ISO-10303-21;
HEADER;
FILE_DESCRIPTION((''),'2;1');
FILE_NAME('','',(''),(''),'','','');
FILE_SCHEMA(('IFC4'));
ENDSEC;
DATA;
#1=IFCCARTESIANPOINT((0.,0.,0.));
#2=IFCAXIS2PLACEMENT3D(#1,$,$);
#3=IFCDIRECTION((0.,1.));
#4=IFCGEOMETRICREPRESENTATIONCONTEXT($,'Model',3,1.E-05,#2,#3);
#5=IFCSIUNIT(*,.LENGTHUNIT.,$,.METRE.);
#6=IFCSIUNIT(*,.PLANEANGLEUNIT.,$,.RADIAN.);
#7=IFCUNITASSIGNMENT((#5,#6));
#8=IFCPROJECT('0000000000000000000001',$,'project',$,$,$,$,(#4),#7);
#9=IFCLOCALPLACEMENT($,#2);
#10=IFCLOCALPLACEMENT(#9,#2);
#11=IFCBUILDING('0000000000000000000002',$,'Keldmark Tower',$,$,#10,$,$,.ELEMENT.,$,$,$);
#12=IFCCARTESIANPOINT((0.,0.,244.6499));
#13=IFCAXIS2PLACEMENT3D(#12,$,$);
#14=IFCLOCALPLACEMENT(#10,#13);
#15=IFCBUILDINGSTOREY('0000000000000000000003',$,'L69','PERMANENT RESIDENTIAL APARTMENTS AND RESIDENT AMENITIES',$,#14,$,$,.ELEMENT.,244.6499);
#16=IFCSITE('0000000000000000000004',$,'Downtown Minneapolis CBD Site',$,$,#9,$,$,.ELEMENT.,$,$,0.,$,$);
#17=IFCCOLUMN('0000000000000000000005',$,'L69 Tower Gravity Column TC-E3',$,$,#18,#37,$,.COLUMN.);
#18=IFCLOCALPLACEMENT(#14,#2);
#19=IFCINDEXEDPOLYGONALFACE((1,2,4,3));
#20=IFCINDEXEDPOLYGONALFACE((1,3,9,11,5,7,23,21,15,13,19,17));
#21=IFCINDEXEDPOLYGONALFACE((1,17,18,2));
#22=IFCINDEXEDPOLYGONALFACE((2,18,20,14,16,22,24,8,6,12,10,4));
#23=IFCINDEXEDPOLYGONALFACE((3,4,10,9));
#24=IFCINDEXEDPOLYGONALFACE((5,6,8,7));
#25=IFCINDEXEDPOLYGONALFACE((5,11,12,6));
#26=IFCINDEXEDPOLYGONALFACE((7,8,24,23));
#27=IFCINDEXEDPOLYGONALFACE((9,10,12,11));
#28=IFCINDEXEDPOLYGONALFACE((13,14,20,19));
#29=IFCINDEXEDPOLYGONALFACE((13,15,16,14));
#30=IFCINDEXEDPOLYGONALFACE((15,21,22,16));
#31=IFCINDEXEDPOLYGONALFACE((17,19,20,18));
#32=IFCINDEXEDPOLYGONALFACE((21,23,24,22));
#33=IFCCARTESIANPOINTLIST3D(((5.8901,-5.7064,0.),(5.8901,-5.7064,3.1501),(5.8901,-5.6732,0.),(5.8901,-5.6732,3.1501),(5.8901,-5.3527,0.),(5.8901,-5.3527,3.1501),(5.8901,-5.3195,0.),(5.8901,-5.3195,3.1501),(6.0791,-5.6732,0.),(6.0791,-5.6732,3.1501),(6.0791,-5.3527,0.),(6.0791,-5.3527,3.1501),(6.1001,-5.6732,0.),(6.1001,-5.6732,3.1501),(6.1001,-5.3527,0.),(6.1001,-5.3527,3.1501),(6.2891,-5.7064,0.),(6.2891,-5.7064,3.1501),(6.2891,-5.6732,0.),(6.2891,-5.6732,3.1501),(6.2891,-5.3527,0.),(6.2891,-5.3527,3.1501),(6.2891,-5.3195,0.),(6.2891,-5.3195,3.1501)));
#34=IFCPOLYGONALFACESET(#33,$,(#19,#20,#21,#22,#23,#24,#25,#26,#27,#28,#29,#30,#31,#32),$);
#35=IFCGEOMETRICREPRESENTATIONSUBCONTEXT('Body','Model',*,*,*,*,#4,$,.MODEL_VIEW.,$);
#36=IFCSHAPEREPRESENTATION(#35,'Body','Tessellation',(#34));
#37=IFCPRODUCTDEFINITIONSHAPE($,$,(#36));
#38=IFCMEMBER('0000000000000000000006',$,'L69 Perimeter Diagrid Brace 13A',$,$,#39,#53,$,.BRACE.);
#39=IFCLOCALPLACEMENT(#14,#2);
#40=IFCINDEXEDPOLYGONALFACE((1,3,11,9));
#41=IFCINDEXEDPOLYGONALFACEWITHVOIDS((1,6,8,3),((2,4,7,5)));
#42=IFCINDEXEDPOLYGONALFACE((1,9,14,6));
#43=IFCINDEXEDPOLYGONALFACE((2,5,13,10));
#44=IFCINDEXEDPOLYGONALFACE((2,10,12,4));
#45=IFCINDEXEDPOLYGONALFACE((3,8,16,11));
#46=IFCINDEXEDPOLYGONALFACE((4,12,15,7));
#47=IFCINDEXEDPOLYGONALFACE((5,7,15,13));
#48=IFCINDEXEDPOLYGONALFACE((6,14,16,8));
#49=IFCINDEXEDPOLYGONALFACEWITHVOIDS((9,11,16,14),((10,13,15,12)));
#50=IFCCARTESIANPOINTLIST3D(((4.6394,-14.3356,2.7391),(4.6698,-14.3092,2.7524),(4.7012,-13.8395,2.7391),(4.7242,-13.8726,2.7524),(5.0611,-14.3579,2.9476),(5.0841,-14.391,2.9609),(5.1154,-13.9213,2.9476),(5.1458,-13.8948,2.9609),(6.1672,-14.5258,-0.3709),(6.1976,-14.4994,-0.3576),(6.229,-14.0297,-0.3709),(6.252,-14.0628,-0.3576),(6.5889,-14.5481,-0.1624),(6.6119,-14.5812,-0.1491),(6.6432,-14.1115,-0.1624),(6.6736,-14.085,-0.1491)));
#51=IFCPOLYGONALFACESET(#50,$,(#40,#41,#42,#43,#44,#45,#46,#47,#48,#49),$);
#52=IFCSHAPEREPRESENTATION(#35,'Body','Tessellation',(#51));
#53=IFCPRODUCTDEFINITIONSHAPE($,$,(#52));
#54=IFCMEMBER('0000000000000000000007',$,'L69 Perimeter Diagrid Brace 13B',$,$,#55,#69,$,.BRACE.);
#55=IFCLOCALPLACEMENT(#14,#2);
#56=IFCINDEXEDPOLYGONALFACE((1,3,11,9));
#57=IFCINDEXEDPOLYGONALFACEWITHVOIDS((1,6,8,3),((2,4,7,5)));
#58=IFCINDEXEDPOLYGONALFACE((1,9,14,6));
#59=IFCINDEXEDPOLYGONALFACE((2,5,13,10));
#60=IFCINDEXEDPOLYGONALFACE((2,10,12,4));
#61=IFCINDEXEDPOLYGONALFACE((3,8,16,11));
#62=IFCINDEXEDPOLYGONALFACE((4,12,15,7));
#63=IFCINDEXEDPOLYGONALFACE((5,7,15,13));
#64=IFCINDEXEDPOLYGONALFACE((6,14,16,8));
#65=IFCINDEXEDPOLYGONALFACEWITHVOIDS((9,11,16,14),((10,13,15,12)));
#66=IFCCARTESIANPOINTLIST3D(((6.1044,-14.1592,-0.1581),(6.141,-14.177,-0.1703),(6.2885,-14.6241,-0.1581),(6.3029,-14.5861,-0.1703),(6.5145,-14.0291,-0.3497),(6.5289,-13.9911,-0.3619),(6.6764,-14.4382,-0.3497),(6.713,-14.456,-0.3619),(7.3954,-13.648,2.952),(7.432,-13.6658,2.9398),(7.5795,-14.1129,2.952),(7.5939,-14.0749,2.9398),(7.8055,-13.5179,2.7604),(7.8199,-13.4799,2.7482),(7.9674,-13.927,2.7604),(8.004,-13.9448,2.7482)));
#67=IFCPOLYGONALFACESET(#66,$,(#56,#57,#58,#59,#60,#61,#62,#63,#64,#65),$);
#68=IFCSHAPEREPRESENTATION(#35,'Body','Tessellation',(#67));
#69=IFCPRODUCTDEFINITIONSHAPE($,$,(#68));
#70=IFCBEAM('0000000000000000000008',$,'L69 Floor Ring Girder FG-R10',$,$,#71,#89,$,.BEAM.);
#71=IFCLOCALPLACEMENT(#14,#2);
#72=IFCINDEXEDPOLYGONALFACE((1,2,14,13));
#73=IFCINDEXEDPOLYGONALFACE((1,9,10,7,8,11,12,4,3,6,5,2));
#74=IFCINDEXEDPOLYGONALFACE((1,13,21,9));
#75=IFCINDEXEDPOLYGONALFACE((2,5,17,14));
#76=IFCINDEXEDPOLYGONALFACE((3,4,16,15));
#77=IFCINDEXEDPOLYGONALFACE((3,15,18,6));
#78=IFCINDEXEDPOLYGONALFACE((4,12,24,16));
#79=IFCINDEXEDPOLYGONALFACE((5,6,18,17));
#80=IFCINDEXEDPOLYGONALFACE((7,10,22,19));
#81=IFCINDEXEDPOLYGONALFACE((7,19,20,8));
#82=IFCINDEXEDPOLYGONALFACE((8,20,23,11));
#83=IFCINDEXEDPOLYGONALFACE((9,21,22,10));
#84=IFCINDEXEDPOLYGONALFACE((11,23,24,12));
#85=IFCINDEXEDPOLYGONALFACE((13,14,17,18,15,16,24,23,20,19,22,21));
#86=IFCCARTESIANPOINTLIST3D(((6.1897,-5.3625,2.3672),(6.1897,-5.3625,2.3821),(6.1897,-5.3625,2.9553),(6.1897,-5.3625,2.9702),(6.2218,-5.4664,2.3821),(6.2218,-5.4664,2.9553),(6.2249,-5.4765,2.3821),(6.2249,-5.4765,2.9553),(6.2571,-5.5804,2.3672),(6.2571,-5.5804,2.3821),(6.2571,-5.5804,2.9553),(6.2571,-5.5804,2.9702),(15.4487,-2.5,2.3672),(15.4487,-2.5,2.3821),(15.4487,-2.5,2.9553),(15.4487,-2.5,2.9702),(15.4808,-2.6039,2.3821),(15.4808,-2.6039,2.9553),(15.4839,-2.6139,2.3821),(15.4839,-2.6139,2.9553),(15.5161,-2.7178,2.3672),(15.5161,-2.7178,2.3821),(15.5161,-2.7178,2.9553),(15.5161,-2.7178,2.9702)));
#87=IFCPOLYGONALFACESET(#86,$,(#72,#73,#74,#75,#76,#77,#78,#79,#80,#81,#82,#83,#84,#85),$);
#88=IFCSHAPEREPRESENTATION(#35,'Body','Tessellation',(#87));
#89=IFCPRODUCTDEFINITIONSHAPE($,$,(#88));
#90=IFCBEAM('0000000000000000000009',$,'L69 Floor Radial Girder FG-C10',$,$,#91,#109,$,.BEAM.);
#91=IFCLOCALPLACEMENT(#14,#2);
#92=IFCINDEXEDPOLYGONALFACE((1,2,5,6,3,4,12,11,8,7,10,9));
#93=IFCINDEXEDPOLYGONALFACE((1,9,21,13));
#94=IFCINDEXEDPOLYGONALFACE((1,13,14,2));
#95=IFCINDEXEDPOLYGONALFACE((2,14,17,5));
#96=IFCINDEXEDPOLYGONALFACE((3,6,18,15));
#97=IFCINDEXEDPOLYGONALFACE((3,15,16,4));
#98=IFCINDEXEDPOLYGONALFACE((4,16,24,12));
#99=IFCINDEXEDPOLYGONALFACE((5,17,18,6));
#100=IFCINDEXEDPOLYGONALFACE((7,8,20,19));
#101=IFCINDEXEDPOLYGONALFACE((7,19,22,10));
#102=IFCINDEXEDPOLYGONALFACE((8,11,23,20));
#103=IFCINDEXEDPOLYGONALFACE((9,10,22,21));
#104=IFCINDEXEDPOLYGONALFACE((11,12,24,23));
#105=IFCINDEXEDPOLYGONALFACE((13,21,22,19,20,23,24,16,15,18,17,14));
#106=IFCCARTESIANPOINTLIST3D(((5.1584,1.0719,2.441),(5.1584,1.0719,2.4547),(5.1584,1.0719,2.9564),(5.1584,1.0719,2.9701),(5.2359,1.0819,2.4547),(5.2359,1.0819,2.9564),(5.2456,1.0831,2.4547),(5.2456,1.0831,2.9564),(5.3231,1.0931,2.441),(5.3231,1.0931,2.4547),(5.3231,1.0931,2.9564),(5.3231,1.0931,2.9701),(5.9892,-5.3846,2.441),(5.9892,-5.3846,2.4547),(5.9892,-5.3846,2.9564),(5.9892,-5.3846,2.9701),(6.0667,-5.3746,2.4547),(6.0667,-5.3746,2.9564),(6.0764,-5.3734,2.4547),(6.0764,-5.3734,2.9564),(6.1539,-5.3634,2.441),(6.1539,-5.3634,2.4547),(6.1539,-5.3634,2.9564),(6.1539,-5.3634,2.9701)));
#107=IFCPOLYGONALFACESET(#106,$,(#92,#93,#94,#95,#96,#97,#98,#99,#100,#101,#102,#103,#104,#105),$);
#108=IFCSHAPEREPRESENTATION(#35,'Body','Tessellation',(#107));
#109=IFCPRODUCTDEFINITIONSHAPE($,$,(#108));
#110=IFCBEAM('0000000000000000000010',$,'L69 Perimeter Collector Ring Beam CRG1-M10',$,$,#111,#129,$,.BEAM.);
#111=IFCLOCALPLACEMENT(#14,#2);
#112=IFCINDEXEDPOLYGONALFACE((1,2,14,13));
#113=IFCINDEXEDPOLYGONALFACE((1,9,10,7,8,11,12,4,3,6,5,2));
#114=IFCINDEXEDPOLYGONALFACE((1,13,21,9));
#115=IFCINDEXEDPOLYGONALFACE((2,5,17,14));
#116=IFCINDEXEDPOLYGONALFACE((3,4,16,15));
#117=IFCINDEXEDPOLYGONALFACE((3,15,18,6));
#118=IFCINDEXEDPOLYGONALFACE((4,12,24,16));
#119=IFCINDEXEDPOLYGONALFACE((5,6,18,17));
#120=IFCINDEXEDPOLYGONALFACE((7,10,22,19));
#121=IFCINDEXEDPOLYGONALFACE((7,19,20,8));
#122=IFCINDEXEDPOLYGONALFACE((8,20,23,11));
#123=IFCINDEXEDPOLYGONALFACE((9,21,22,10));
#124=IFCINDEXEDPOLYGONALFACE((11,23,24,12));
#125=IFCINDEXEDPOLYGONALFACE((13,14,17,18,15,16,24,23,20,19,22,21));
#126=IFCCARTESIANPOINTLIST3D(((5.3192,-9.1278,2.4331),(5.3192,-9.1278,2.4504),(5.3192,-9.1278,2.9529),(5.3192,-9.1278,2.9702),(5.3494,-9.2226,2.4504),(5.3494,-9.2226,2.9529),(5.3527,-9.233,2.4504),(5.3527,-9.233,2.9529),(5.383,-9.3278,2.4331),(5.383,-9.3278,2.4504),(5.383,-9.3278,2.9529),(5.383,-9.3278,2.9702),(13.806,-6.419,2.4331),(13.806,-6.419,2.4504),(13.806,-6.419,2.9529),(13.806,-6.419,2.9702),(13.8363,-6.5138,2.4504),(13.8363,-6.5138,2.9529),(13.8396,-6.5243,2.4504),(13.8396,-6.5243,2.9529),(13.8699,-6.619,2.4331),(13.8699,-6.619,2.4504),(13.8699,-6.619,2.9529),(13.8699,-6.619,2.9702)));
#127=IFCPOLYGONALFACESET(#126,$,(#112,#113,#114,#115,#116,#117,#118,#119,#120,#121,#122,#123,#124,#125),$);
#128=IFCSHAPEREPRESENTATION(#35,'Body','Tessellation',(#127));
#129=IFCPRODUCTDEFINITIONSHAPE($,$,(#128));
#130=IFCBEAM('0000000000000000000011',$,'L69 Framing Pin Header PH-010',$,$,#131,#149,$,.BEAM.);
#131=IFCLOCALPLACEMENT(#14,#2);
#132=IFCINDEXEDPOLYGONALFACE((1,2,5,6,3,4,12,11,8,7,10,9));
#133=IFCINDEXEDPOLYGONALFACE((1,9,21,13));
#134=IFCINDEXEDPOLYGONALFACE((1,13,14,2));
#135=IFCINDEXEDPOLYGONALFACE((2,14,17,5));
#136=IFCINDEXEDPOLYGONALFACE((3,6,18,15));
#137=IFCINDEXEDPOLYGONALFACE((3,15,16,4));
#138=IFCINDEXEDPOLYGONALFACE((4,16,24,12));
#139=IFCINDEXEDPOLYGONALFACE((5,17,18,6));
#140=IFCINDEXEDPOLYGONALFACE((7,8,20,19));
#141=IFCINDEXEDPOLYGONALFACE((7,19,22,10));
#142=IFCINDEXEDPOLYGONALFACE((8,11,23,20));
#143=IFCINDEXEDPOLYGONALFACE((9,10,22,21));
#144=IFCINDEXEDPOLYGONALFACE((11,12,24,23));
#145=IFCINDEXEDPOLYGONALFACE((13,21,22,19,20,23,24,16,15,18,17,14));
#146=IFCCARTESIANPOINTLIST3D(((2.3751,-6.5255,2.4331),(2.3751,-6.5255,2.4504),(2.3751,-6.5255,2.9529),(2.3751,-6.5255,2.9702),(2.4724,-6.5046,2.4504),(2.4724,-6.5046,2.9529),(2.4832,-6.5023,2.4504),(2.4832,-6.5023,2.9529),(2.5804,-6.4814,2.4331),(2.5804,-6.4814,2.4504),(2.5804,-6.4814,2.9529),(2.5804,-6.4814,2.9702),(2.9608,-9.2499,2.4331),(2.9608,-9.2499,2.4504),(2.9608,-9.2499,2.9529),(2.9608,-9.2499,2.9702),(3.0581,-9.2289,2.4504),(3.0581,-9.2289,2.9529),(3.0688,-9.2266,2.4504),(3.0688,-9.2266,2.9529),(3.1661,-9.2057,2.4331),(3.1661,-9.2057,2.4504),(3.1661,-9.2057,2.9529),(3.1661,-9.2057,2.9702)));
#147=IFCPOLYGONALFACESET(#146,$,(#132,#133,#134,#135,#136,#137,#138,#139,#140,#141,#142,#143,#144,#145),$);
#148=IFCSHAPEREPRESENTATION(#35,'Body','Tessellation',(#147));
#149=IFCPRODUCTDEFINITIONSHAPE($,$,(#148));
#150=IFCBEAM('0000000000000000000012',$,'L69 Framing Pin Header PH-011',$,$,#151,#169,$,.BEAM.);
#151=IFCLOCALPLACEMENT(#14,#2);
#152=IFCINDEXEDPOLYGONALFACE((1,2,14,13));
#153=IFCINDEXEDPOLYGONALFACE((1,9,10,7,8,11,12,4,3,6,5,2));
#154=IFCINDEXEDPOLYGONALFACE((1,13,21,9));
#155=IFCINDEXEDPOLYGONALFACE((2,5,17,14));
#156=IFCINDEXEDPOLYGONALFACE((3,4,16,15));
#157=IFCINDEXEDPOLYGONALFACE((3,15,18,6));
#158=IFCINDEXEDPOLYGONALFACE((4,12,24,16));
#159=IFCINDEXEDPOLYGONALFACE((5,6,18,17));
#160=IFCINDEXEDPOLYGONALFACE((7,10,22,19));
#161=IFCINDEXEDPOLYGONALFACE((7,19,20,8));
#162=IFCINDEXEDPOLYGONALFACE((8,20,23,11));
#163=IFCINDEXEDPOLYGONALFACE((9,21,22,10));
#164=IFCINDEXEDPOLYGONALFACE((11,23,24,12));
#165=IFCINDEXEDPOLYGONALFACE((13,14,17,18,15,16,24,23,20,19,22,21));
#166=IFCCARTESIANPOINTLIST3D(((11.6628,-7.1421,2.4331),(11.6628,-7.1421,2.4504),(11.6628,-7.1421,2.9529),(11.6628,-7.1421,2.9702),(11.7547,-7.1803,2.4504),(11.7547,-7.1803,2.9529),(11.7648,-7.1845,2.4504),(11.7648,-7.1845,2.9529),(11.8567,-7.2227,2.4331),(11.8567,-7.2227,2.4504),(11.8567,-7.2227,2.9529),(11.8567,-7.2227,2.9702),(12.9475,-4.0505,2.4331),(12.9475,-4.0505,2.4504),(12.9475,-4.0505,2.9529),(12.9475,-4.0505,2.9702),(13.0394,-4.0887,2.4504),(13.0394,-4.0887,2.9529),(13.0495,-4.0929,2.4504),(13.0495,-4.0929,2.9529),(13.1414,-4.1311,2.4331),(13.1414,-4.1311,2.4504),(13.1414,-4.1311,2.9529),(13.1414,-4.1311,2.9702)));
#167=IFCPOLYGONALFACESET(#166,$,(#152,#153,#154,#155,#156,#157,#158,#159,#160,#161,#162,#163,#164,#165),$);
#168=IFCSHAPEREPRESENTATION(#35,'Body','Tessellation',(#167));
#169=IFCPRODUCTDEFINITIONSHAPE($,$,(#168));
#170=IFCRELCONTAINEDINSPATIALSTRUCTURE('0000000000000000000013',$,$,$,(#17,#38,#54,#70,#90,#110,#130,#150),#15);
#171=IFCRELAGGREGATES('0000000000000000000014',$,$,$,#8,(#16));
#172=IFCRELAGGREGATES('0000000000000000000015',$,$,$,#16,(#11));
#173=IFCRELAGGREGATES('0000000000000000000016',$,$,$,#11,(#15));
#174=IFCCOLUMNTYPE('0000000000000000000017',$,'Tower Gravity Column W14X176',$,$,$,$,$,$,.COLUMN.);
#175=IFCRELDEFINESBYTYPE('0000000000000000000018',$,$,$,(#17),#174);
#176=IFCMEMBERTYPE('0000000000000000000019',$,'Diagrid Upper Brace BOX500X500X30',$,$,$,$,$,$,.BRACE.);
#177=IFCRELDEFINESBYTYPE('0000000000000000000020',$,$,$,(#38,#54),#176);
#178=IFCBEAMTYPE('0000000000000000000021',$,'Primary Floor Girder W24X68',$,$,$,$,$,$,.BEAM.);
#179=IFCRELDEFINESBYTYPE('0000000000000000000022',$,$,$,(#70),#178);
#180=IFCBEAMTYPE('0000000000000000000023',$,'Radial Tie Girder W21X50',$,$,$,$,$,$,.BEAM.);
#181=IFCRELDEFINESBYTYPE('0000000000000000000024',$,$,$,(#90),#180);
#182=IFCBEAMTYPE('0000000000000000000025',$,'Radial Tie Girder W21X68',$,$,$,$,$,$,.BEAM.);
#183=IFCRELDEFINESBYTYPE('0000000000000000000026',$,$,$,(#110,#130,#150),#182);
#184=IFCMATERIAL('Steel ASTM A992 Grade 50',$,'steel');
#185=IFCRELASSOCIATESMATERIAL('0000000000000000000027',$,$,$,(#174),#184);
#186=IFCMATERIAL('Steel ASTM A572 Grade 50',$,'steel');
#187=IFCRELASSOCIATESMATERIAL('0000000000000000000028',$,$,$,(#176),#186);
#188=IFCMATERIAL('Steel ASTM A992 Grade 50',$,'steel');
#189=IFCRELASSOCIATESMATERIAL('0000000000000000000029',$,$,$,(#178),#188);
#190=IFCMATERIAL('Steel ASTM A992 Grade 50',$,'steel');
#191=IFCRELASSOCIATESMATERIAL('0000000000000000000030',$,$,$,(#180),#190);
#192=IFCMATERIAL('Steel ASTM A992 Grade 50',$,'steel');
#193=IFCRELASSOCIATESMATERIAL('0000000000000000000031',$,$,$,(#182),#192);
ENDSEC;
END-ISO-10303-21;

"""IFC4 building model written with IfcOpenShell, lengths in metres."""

from ifc_helpers import new_model, si_unit, direction, frame, origin, origin_2d, place, context, subcontext, project, spatial, hollow_rectangle, i_section, extrude, material, material_profile, profile_set, type_object, element, save


model = new_model("IFC4")

# Units and contexts
model_context = context("Model", 3, precision=1e-05, world=origin(), true_north=direction((0.0, 1.0)))
body_context = subcontext(model_context, "Body", "Model", "MODEL_VIEW")
ifc_project = project(units=[si_unit("LENGTHUNIT", "METRE"), si_unit("PLANEANGLEUNIT", "RADIAN")], contexts=[model_context])

# Site, building, storey
site_placement = place(None, origin())
site = spatial("IfcSite", under=ifc_project, at=site_placement, Name="Downtown Minneapolis CBD Site", CompositionType="ELEMENT", RefElevation=0.0)
building_placement = place(site_placement, origin())
building = spatial("IfcBuilding", under=site, at=building_placement, Name="Keldmark Tower", CompositionType="ELEMENT")
storey_placement = place(building_placement, frame((0.0, 0.0, 244.6499)))
storey = spatial("IfcBuildingStorey", under=building, at=storey_placement, Name="L69", Description="PERMANENT RESIDENTIAL APARTMENTS AND RESIDENT AMENITIES", CompositionType="ELEMENT", Elevation=244.6499)

# Column
ifc_material_1 = material(Name="Steel ASTM A992 Grade 50", Category="steel")
ifc_material_profile_1 = material_profile(ifc_material_1, i_section(OverallWidth=0.3989, OverallDepth=0.387, WebThickness=0.021, FlangeThickness=0.0332, at=origin_2d()), Name="W14X176")
ifc_profile_set_1 = profile_set([ifc_material_profile_1], Name="Steel ASTM A992 Grade 50")
column_type = type_object("IfcColumnType", Name="Tower Gravity Column W14X176", PredefinedType="COLUMN", material=ifc_profile_set_1)
column_placement = place(storey_placement, frame((6.0896, -5.5129, 0.0), z_axis=(0.0, 0.0, 1.0), x_axis=(1.0, 0.0, 0.0)))
element("IfcColumn", 1, at=column_placement, inside=storey, type_object=column_type, Name="L69 Tower Gravity Column TC-E3", PredefinedType="COLUMN", context=body_context, shape_type="SweptSolid", body=[
    extrude(i_section(OverallWidth=0.3989, OverallDepth=0.387, WebThickness=0.021, FlangeThickness=0.0332, at=origin_2d()), origin(), (0.0, 0.0, 1.0), 3.1501),
])

# Members
ifc_material_2 = material(Name="Steel ASTM A572 Grade 50", Category="steel")
ifc_material_profile_2 = material_profile(ifc_material_2, hollow_rectangle(XDim=0.5, YDim=0.5, WallThickness=0.03, at=origin_2d()), Name="BOX500X500X30")
ifc_profile_set_2 = profile_set([ifc_material_profile_2], Name="Steel ASTM A572 Grade 50")
member_type = type_object("IfcMemberType", Name="Diagrid Upper Brace BOX500X500X30", PredefinedType="BRACE", material=ifc_profile_set_2)
member_1_placement = place(storey_placement, frame((6.4204, -14.3054, -0.26), z_axis=(-0.440255, 0.054803, 0.896199), x_axis=(-0.123527, -0.992341, 0.0)))
element("IfcMember", 2, at=member_1_placement, inside=storey, type_object=member_type, Name="L69 Perimeter Diagrid Brace 13A", PredefinedType="BRACE", context=body_context, shape_type="SweptSolid", body=[
    extrude(hollow_rectangle(XDim=0.5, YDim=0.5, WallThickness=0.03, at=origin_2d()), origin(), (0.0, 0.0, 1.0), 3.4702),
])
member_2_placement = place(storey_placement, frame((6.4087, -14.3076, -0.26), z_axis=(0.379041, 0.150097, 0.913126), x_axis=(-0.368175, 0.929756, 0.0)))
element("IfcMember", 3, at=member_2_placement, inside=storey, type_object=member_type, Name="L69 Perimeter Diagrid Brace 13B", PredefinedType="BRACE", context=body_context, shape_type="SweptSolid", body=[
    extrude(hollow_rectangle(XDim=0.5, YDim=0.5, WallThickness=0.03, at=origin_2d()), origin(), (0.0, 0.0, 1.0), 3.406),
])

# Beams
ifc_material_3 = material(Name="Steel ASTM A992 Grade 50", Category="steel")
ifc_material_profile_3 = material_profile(ifc_material_3, i_section(OverallWidth=0.228, OverallDepth=0.603, WebThickness=0.0105, FlangeThickness=0.0149, at=origin_2d()), Name="W24X68")
ifc_profile_set_3 = profile_set([ifc_material_profile_3], Name="Steel ASTM A992 Grade 50")
beam_type_1 = type_object("IfcBeamType", Name="Primary Floor Girder W24X68", PredefinedType="BEAM", material=ifc_profile_set_3)
beam_1_placement = place(storey_placement, frame((6.2234, -5.4714, 2.6687), z_axis=(0.955383, 0.295369, 0.0), x_axis=(-0.295369, 0.955383, 0.0)))
element("IfcBeam", 4, at=beam_1_placement, inside=storey, type_object=beam_type_1, Name="L69 Floor Ring Girder FG-R10", PredefinedType="BEAM", context=body_context, shape_type="SweptSolid", body=[
    extrude(i_section(OverallWidth=0.228, OverallDepth=0.603, WebThickness=0.0105, FlangeThickness=0.0149, at=origin_2d()), origin(), (0.0, 0.0, 1.0), 9.6914),
])
ifc_material_4 = material(Name="Steel ASTM A992 Grade 50", Category="steel")
ifc_material_profile_4 = material_profile(ifc_material_4, i_section(OverallWidth=0.166, OverallDepth=0.5291, WebThickness=0.0098, FlangeThickness=0.0137, at=origin_2d()), Name="W21X50")
ifc_profile_set_4 = profile_set([ifc_material_profile_4], Name="Steel ASTM A992 Grade 50")
beam_type_2 = type_object("IfcBeamType", Name="Radial Tie Girder W21X50", PredefinedType="BEAM", material=ifc_profile_set_4)
beam_2_placement = place(storey_placement, frame((6.0715, -5.374, 2.7056), z_axis=(-0.127625, 0.991822, 0.0), x_axis=(-0.991822, -0.127625, 0.0)))
element("IfcBeam", 5, at=beam_2_placement, inside=storey, type_object=beam_type_2, Name="L69 Floor Radial Girder FG-C10", PredefinedType="BEAM", context=body_context, shape_type="SweptSolid", body=[
    extrude(i_section(OverallWidth=0.166, OverallDepth=0.5291, WebThickness=0.0098, FlangeThickness=0.0137, at=origin_2d()), origin(), (0.0, 0.0, 1.0), 6.5098),
])
ifc_material_5 = material(Name="Steel ASTM A992 Grade 50", Category="steel")
ifc_material_profile_5 = material_profile(ifc_material_5, i_section(OverallWidth=0.21, OverallDepth=0.5371, WebThickness=0.011, FlangeThickness=0.0173, at=origin_2d()), Name="W21X68")
ifc_profile_set_5 = profile_set([ifc_material_profile_5], Name="Steel ASTM A992 Grade 50")
beam_type_3 = type_object("IfcBeamType", Name="Radial Tie Girder W21X68", PredefinedType="BEAM", material=ifc_profile_set_5)
beam_3_placement = place(storey_placement, frame((5.3511, -9.2278, 2.7017), z_axis=(0.952653, 0.304059, 0.0), x_axis=(-0.304059, 0.952653, 0.0)))
element("IfcBeam", 6, at=beam_3_placement, inside=storey, type_object=beam_type_3, Name="L69 Perimeter Collector Ring Beam CRG1-M10", PredefinedType="BEAM", context=body_context, shape_type="SweptSolid", body=[
    extrude(i_section(OverallWidth=0.21, OverallDepth=0.5371, WebThickness=0.011, FlangeThickness=0.0173, at=origin_2d()), origin(), (0.0, 0.0, 1.0), 8.9087),
])
beam_4_placement = place(storey_placement, frame((2.4778, -6.5034, 2.7017), z_axis=(0.210181, -0.977662, 0.0), x_axis=(0.977662, 0.210181, 0.0)))
element("IfcBeam", 7, at=beam_4_placement, inside=storey, type_object=beam_type_3, Name="L69 Framing Pin Header PH-010", PredefinedType="BEAM", context=body_context, shape_type="SweptSolid", body=[
    extrude(i_section(OverallWidth=0.21, OverallDepth=0.5371, WebThickness=0.011, FlangeThickness=0.0173, at=origin_2d()), origin(), (0.0, 0.0, 1.0), 2.7866),
])
beam_5_placement = place(storey_placement, frame((13.0444, -4.0908, 2.7017), z_axis=(-0.38373, -0.923445, 0.0), x_axis=(0.923445, -0.38373, 0.0)))
element("IfcBeam", 8, at=beam_5_placement, inside=storey, type_object=beam_type_3, Name="L69 Framing Pin Header PH-011", PredefinedType="BEAM", context=body_context, shape_type="SweptSolid", body=[
    extrude(i_section(OverallWidth=0.21, OverallDepth=0.5371, WebThickness=0.011, FlangeThickness=0.0173, at=origin_2d()), origin(), (0.0, 0.0, 1.0), 3.3479),
])

save(model, "model.ifc")
